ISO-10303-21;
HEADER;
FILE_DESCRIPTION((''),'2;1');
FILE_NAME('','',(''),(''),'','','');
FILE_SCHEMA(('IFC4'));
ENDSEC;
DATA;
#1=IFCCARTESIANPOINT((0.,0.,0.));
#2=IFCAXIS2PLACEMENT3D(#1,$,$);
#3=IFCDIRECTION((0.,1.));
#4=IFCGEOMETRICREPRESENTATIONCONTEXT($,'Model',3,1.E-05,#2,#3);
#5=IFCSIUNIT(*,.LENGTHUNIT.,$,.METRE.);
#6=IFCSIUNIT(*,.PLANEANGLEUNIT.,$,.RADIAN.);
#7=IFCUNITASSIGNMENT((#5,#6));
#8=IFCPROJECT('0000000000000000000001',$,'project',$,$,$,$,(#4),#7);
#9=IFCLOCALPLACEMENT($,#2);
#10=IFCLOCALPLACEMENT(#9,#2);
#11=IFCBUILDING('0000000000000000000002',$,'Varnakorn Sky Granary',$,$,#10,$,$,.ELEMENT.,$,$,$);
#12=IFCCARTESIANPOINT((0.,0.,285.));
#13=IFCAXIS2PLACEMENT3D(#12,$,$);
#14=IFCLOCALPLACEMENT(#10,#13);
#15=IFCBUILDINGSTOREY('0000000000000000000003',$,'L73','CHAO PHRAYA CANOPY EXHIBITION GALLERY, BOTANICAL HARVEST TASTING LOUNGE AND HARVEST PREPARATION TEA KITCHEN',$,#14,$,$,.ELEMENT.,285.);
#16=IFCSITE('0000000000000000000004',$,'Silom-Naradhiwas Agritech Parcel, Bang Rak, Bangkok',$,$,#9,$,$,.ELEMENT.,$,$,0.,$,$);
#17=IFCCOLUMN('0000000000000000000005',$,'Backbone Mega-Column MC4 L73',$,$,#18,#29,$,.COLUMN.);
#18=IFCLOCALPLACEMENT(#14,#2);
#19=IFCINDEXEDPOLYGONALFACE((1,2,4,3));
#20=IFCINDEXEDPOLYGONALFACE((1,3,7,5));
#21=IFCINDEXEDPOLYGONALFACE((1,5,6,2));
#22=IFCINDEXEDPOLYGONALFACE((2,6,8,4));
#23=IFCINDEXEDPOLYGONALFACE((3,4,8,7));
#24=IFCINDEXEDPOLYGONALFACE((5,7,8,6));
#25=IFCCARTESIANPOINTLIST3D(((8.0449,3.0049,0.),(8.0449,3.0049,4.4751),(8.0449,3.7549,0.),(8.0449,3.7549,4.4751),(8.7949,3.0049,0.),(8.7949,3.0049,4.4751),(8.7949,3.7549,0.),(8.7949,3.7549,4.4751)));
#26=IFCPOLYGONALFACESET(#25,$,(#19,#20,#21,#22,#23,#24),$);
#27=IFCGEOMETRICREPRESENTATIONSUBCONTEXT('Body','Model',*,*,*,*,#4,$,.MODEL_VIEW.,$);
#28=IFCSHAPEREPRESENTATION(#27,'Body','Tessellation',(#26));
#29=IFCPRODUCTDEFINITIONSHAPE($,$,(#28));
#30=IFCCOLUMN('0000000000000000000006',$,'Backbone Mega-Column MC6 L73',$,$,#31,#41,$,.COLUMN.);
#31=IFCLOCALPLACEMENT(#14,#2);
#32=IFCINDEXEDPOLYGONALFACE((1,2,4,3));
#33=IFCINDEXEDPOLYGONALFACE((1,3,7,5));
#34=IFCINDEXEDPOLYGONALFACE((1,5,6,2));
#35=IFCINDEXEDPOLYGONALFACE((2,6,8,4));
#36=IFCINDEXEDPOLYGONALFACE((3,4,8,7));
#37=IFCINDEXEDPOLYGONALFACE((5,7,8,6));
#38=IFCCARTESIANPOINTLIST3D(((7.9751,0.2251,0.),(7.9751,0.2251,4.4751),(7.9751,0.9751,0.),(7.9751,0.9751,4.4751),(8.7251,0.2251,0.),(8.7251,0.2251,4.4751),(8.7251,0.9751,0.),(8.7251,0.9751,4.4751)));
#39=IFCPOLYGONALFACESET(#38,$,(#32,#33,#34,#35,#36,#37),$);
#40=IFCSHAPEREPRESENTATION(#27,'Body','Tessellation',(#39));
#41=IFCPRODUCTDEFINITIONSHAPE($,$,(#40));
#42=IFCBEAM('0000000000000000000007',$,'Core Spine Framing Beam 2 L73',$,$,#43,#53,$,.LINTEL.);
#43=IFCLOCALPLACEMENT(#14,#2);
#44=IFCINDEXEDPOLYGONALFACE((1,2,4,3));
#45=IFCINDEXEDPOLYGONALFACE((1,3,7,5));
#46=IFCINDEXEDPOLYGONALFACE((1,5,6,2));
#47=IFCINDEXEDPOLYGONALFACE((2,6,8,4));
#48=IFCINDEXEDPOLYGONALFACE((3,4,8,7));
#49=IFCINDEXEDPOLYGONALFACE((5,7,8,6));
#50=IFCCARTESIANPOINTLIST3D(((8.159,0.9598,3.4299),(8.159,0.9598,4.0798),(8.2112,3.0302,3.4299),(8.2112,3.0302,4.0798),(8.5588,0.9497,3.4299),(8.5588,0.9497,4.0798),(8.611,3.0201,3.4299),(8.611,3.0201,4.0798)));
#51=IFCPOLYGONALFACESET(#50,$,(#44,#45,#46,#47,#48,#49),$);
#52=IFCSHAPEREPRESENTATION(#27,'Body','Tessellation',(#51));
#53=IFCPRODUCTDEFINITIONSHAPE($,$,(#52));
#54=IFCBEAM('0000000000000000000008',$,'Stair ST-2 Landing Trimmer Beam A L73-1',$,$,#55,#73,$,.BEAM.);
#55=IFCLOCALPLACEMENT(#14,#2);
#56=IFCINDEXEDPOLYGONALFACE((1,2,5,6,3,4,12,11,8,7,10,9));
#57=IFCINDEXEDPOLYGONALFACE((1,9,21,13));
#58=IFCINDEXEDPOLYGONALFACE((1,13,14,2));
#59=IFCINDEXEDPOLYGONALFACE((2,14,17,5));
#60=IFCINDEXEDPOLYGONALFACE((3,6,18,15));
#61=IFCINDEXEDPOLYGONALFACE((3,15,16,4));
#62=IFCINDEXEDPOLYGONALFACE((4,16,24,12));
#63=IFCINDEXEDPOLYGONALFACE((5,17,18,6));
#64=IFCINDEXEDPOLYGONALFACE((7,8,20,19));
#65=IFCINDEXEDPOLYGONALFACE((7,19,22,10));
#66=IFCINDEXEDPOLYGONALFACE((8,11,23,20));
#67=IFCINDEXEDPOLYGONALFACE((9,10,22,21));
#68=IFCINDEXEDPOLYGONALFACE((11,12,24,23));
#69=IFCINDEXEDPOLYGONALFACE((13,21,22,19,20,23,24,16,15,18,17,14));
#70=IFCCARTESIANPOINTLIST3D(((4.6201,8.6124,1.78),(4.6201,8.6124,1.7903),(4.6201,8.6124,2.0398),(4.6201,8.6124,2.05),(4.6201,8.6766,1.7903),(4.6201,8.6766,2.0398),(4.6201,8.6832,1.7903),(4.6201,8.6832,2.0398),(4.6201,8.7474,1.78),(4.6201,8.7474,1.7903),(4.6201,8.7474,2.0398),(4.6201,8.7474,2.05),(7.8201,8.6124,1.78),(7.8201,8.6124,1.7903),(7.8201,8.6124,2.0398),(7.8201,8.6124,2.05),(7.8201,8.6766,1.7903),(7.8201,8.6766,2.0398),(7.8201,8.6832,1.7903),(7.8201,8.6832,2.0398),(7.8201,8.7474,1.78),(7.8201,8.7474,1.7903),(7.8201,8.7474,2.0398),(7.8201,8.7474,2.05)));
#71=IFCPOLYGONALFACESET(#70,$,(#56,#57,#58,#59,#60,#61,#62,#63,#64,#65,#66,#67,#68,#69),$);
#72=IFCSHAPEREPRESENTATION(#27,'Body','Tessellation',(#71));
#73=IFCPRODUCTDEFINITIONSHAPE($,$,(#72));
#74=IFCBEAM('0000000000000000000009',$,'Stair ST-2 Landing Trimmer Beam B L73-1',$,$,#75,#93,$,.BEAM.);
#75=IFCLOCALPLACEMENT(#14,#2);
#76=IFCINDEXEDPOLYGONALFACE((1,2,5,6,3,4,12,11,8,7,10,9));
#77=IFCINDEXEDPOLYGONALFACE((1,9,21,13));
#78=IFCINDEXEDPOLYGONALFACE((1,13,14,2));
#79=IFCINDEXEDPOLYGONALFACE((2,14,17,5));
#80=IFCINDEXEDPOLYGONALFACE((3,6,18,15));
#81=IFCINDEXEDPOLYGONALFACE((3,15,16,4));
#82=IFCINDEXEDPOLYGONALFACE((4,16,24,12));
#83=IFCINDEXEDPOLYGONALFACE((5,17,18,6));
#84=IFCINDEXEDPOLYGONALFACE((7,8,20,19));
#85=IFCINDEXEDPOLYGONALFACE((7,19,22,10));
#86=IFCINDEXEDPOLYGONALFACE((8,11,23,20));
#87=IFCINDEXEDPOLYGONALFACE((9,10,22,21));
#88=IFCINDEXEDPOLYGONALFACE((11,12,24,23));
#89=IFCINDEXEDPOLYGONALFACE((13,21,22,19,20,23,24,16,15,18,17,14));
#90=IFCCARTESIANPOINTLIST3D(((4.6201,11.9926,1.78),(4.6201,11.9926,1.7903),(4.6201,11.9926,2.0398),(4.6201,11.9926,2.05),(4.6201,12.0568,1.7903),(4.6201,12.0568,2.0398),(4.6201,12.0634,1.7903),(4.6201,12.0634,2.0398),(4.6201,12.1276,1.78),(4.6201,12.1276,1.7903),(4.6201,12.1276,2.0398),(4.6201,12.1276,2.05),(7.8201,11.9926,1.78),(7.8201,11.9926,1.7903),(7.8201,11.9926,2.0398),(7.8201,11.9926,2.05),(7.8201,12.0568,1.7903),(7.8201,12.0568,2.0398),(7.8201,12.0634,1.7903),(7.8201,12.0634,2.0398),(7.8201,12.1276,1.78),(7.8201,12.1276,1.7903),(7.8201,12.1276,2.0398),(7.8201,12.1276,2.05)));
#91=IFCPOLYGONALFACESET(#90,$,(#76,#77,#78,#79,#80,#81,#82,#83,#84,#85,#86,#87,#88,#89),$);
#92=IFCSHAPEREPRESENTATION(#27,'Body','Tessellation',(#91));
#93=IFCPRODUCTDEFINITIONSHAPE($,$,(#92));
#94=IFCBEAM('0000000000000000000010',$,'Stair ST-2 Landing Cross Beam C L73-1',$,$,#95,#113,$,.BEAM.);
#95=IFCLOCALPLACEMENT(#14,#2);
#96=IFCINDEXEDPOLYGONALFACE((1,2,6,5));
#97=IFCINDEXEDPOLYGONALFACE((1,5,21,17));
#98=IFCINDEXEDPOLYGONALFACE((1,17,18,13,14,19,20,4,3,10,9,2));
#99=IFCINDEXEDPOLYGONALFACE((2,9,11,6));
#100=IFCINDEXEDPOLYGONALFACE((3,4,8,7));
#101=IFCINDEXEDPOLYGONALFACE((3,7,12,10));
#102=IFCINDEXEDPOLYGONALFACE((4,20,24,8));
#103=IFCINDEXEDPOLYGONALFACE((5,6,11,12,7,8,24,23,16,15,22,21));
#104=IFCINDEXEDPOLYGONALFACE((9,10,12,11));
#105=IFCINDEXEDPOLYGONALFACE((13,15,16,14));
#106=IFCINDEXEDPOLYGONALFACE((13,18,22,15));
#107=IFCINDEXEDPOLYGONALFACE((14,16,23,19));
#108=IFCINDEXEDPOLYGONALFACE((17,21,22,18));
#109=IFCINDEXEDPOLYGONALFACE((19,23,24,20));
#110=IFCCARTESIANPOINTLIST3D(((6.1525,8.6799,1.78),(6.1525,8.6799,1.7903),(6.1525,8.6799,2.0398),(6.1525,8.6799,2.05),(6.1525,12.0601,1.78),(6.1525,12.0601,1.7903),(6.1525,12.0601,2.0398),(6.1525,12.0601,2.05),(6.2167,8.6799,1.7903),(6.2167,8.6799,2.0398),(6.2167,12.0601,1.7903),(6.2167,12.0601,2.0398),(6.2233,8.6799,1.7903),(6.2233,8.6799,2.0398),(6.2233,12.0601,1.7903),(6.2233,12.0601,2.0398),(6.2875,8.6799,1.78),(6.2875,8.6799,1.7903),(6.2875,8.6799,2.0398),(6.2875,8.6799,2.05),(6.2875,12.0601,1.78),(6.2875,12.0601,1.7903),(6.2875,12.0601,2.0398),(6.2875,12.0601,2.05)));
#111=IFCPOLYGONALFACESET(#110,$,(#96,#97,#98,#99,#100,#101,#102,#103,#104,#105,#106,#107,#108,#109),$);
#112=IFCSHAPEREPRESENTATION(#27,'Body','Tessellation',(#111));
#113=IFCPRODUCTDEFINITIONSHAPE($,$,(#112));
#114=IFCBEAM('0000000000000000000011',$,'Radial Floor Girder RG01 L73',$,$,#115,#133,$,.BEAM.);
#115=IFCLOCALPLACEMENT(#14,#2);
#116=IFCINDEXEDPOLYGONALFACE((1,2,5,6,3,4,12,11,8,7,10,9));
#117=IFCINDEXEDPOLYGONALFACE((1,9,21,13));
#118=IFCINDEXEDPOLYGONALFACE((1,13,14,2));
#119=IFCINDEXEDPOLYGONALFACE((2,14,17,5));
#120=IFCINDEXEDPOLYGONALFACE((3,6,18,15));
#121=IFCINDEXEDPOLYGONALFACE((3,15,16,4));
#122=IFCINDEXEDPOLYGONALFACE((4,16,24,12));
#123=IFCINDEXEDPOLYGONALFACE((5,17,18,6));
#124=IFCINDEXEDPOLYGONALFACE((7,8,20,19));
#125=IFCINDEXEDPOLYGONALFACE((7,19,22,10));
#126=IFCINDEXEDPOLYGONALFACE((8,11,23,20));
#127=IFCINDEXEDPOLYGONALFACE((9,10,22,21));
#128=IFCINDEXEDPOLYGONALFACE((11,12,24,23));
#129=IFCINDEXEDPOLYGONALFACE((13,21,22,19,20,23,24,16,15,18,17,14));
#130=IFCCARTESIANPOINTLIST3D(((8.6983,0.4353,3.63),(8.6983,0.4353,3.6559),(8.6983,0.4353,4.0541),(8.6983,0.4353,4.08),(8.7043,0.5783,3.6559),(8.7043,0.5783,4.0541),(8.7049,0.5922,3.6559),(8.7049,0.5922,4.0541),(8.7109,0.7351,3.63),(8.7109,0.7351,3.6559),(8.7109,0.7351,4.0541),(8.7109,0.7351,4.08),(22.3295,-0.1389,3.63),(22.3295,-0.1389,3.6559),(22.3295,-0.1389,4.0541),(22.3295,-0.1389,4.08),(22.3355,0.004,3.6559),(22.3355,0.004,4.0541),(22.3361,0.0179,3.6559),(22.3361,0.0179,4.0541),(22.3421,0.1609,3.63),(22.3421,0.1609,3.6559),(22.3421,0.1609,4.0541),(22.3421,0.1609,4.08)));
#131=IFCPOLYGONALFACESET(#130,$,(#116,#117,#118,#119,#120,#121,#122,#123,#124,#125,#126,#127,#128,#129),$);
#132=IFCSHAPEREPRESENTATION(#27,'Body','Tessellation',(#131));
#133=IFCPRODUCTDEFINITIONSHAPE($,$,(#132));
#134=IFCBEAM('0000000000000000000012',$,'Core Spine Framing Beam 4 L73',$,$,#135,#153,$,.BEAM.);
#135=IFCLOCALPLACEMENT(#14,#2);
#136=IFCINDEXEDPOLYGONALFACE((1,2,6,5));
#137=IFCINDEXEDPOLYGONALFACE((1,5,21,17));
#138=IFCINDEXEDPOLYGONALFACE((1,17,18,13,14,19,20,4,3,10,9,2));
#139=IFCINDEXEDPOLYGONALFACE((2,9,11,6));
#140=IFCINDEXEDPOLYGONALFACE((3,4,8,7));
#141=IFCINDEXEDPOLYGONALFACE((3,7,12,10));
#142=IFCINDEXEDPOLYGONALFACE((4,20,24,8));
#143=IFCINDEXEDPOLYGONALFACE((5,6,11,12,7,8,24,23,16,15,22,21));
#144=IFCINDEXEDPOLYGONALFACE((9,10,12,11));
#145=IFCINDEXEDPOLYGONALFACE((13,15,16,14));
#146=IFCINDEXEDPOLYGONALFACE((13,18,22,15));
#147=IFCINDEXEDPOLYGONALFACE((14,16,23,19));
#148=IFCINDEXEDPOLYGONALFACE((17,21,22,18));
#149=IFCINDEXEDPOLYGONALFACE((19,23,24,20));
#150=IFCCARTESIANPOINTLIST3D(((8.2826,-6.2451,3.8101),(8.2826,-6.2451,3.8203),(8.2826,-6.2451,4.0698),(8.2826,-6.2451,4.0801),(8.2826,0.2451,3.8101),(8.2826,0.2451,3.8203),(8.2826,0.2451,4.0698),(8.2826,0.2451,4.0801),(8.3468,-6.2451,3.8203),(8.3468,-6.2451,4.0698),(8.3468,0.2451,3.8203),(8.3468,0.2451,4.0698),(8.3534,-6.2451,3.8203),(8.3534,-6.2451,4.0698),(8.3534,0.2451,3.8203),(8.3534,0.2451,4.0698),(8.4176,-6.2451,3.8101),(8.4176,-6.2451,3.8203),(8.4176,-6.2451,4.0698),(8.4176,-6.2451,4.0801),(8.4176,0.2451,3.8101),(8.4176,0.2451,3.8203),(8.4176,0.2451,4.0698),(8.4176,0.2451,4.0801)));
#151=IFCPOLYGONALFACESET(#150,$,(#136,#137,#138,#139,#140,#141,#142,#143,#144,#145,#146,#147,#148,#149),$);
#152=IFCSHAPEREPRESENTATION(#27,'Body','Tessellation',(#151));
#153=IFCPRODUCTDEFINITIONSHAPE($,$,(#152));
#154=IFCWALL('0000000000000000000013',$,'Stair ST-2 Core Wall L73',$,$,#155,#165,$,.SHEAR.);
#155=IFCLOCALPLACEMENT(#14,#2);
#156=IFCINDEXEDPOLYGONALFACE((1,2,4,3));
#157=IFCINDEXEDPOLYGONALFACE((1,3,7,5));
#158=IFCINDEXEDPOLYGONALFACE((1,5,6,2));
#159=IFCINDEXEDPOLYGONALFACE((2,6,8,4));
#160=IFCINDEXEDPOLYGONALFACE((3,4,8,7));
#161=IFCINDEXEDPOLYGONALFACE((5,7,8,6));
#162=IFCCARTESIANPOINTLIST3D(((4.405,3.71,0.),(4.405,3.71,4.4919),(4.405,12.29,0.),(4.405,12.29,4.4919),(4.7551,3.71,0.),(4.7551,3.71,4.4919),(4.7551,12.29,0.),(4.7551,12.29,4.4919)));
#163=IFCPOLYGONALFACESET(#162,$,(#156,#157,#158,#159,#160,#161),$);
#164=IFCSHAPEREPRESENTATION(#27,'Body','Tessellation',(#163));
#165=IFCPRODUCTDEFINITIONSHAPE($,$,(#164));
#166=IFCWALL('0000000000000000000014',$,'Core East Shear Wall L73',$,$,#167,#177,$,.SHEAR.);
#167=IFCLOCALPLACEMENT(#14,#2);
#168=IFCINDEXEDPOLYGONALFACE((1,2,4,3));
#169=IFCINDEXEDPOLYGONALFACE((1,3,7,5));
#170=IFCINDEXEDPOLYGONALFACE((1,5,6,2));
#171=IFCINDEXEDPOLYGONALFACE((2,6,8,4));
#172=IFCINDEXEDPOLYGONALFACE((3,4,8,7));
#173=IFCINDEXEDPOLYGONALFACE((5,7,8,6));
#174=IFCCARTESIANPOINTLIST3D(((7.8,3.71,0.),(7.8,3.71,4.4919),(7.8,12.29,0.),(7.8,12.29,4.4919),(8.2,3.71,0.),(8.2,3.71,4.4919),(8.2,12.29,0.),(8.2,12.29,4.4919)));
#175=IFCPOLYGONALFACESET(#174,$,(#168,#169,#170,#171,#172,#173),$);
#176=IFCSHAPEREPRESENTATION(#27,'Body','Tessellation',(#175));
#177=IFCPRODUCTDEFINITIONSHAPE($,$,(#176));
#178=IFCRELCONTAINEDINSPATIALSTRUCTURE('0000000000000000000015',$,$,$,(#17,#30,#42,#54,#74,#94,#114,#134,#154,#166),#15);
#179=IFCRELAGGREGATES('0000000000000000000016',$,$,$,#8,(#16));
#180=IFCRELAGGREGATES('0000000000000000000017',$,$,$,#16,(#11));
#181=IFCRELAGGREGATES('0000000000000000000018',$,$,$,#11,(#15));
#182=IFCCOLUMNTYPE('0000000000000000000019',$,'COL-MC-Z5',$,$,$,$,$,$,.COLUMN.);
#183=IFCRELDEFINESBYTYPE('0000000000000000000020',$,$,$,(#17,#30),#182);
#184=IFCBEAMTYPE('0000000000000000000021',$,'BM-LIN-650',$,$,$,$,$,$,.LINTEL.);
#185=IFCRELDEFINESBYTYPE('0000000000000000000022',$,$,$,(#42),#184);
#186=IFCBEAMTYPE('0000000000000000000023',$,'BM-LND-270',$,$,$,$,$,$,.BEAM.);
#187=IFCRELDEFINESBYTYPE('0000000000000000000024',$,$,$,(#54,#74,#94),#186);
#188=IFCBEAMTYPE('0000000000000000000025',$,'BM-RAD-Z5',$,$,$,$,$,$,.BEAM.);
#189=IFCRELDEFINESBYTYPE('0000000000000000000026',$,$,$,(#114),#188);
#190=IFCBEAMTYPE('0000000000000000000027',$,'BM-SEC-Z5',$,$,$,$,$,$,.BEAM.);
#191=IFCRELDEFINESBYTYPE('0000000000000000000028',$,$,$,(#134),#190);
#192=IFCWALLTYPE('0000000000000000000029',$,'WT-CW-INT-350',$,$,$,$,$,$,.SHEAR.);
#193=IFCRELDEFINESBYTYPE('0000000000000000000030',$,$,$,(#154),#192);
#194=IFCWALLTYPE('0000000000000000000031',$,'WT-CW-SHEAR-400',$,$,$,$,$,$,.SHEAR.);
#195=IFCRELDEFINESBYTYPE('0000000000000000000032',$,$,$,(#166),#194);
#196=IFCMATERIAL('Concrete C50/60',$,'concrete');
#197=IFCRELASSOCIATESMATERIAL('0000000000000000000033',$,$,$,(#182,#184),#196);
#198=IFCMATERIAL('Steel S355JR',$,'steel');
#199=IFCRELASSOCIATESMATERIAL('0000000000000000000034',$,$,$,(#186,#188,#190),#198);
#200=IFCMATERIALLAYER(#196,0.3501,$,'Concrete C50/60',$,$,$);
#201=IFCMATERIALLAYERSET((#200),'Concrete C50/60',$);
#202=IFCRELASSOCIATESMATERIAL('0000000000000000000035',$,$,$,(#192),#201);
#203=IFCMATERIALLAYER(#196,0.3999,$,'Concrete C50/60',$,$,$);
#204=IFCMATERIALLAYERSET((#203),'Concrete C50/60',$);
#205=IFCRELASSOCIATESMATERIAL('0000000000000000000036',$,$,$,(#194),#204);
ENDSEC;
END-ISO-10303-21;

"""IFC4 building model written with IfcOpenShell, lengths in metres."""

from ifc_helpers import new_model, si_unit, direction, frame, frame_2d, origin, origin_2d, place, context, subcontext, project, spatial, rectangle, i_section, extrude, material, layer, layer_set, material_profile, profile_set, type_object, element, save


model = new_model("IFC4")

# Units and contexts
model_context = context("Model", 3, precision=1e-05, world=origin(), true_north=direction((0.0, 1.0)))
body_context = subcontext(model_context, "Body", "Model", "MODEL_VIEW")
ifc_project = project(units=[si_unit("LENGTHUNIT", "METRE"), si_unit("PLANEANGLEUNIT", "RADIAN")], contexts=[model_context])

# Site, building, storey
site_placement = place(None, origin())
site = spatial("IfcSite", under=ifc_project, at=site_placement, Name="Silom-Naradhiwas Agritech Parcel, Bang Rak, Bangkok", CompositionType="ELEMENT", RefElevation=0.0)
building_placement = place(site_placement, origin())
building = spatial("IfcBuilding", under=site, at=building_placement, Name="Varnakorn Sky Granary", CompositionType="ELEMENT")
storey_placement = place(building_placement, frame((0.0, 0.0, 285.0)))
storey = spatial("IfcBuildingStorey", under=building, at=storey_placement, Name="L73", Description="CHAO PHRAYA CANOPY EXHIBITION GALLERY, BOTANICAL HARVEST TASTING LOUNGE AND HARVEST PREPARATION TEA KITCHEN", CompositionType="ELEMENT", Elevation=285.0)

# Columns
ifc_material_1 = material(Name="Concrete C50/60", Category="concrete")
ifc_material_profile_1 = material_profile(ifc_material_1, rectangle(XDim=0.75, YDim=0.75, at=origin_2d()), Name="RC 750x750")
ifc_profile_set_1 = profile_set([ifc_material_profile_1], Name="Concrete C50/60")
column_type = type_object("IfcColumnType", Name="COL-MC-Z5", PredefinedType="COLUMN", material=ifc_profile_set_1)
for number, where, z_axis, x_axis, name in (
    (1, (8.4199, 3.3799, 0.0), (0.0, 0.0, 1.0), (1.0, 0.0, 0.0), "Backbone Mega-Column MC4 L73"),
    (2, (8.3501, 0.6001, 0.0), (0.0, 0.0, 1.0), (1.0, 0.0, 0.0), "Backbone Mega-Column MC6 L73"),
):
    element("IfcColumn", number, at=place(storey_placement, frame(where, z_axis=z_axis, x_axis=x_axis)), inside=storey, type_object=column_type, Name=name, PredefinedType="COLUMN", context=body_context, shape_type="SweptSolid", body=[
        extrude(rectangle(XDim=0.75, YDim=0.75, at=origin_2d()), origin(), (0.0, 0.0, 1.0), 4.4751),
    ])

# Beams
ifc_material_profile_2 = material_profile(ifc_material_1, rectangle(XDim=0.3999, YDim=0.6499, at=origin_2d()), Name="RC 400x650")
ifc_profile_set_2 = profile_set([ifc_material_profile_2], Name="Concrete C50/60")
beam_type_1 = type_object("IfcBeamType", Name="BM-LIN-650", PredefinedType="LINTEL", material=ifc_profile_set_2)
beam_1_placement = place(storey_placement, frame((8.4111, 3.0251, 3.7549), z_axis=(-0.025228, -0.999682, 0.0), x_axis=(0.999682, -0.025228, 0.0)))
element("IfcBeam", 3, at=beam_1_placement, inside=storey, type_object=beam_type_1, Name="Core Spine Framing Beam 2 L73", PredefinedType="LINTEL", context=body_context, shape_type="SweptSolid", body=[
    extrude(rectangle(XDim=0.3999, YDim=0.6499, at=origin_2d()), origin(), (0.0, 0.0, 1.0), 2.071),
])
ifc_material_2 = material(Name="Steel S355JR", Category="steel")
ifc_material_profile_3 = material_profile(ifc_material_2, i_section(OverallWidth=0.135, OverallDepth=0.27, WebThickness=0.0066, FlangeThickness=0.0103, at=origin_2d()), Name="IPE 270")
ifc_profile_set_3 = profile_set([ifc_material_profile_3], Name="Steel S355JR")
beam_type_2 = type_object("IfcBeamType", Name="BM-LND-270", PredefinedType="BEAM", material=ifc_profile_set_3)
for number, where, z_axis, x_axis, name in (
    (4, (4.6201, 8.6799, 1.915), (1.0, 0.0, 0.0), (0.0, 1.0, 0.0), "Stair ST-2 Landing Trimmer Beam A L73-1"),
    (5, (4.6201, 12.0601, 1.915), (1.0, 0.0, 0.0), (0.0, 1.0, 0.0), "Stair ST-2 Landing Trimmer Beam B L73-1"),
):
    element("IfcBeam", number, at=place(storey_placement, frame(where, z_axis=z_axis, x_axis=x_axis)), inside=storey, type_object=beam_type_2, Name=name, PredefinedType="BEAM", context=body_context, shape_type="SweptSolid", body=[
        extrude(i_section(OverallWidth=0.135, OverallDepth=0.27, WebThickness=0.0066, FlangeThickness=0.0103, at=origin_2d()), origin(), (0.0, 0.0, 1.0), 3.2),
    ])
beam_2_placement = place(storey_placement, frame((6.22, 8.6799, 1.915), z_axis=(0.0, 1.0, 0.0), x_axis=(-1.0, 0.0, 0.0)))
element("IfcBeam", 6, at=beam_2_placement, inside=storey, type_object=beam_type_2, Name="Stair ST-2 Landing Cross Beam C L73-1", PredefinedType="BEAM", context=body_context, shape_type="SweptSolid", body=[
    extrude(i_section(OverallWidth=0.135, OverallDepth=0.27, WebThickness=0.0066, FlangeThickness=0.0103, at=origin_2d()), origin(), (0.0, 0.0, 1.0), 3.3801),
])
ifc_material_profile_4 = material_profile(ifc_material_2, i_section(OverallWidth=0.3, OverallDepth=0.45, WebThickness=0.0139, FlangeThickness=0.0259, at=origin_2d()), Name="HE 450 B")
ifc_profile_set_4 = profile_set([ifc_material_profile_4], Name="Steel S355JR")
beam_type_3 = type_object("IfcBeamType", Name="BM-RAD-Z5", PredefinedType="BEAM", material=ifc_profile_set_4)
beam_3_placement = place(storey_placement, frame((8.7046, 0.5852, 3.855), z_axis=(0.999114, -0.042088, 0.0), x_axis=(0.042088, 0.999114, 0.0)))
element("IfcBeam", 7, at=beam_3_placement, inside=storey, type_object=beam_type_3, Name="Radial Floor Girder RG01 L73", PredefinedType="BEAM", context=body_context, shape_type="SweptSolid", body=[
    extrude(i_section(OverallWidth=0.3, OverallDepth=0.45, WebThickness=0.0139, FlangeThickness=0.0259, at=origin_2d()), origin(), (0.0, 0.0, 1.0), 13.6433),
])
ifc_material_profile_5 = material_profile(ifc_material_2, i_section(OverallWidth=0.135, OverallDepth=0.27, WebThickness=0.0066, FlangeThickness=0.0103, at=origin_2d()), Name="IPE 270")
ifc_profile_set_5 = profile_set([ifc_material_profile_5], Name="Steel S355JR")
beam_type_4 = type_object("IfcBeamType", Name="BM-SEC-Z5", PredefinedType="BEAM", material=ifc_profile_set_5)
beam_4_placement = place(storey_placement, frame((8.3501, 0.2451, 3.9451), z_axis=(0.0, -1.0, 0.0), x_axis=(1.0, 0.0, 0.0)))
element("IfcBeam", 8, at=beam_4_placement, inside=storey, type_object=beam_type_4, Name="Core Spine Framing Beam 4 L73", PredefinedType="BEAM", context=body_context, shape_type="SweptSolid", body=[
    extrude(i_section(OverallWidth=0.135, OverallDepth=0.27, WebThickness=0.0066, FlangeThickness=0.0103, at=origin_2d()), origin(), (0.0, 0.0, 1.0), 6.4902),
])

# Walls
ifc_layer_1 = layer(ifc_material_1, 0.3501, Name="Concrete C50/60")
ifc_layer_set_1 = layer_set([ifc_layer_1], Name="Concrete C50/60")
wall_type_1 = type_object("IfcWallType", Name="WT-CW-INT-350", PredefinedType="SHEAR", material=ifc_layer_set_1)
wall_1_placement = place(storey_placement, frame((4.5801, 3.71, 0.0), z_axis=(0.0, 0.0, 1.0), x_axis=(0.0, 1.0, 0.0)))
element("IfcWall", 9, at=wall_1_placement, inside=storey, type_object=wall_type_1, Name="Stair ST-2 Core Wall L73", PredefinedType="SHEAR", context=body_context, shape_type="SweptSolid", body=[
    extrude(rectangle(XDim=8.5801, YDim=0.3501, at=frame_2d((4.29, 0.0))), origin(), (0.0, 0.0, 1.0), 4.4919),
])
ifc_layer_2 = layer(ifc_material_1, 0.3999, Name="Concrete C50/60")
ifc_layer_set_2 = layer_set([ifc_layer_2], Name="Concrete C50/60")
wall_type_2 = type_object("IfcWallType", Name="WT-CW-SHEAR-400", PredefinedType="SHEAR", material=ifc_layer_set_2)
wall_2_placement = place(storey_placement, frame((8.0, 3.71, 0.0), z_axis=(0.0, 0.0, 1.0), x_axis=(0.0, 1.0, 0.0)))
element("IfcWall", 10, at=wall_2_placement, inside=storey, type_object=wall_type_2, Name="Core East Shear Wall L73", PredefinedType="SHEAR", context=body_context, shape_type="SweptSolid", body=[
    extrude(rectangle(XDim=8.5801, YDim=0.3999, at=frame_2d((4.29, 0.0))), origin(), (0.0, 0.0, 1.0), 4.4919),
])

save(model, "model.ifc")
